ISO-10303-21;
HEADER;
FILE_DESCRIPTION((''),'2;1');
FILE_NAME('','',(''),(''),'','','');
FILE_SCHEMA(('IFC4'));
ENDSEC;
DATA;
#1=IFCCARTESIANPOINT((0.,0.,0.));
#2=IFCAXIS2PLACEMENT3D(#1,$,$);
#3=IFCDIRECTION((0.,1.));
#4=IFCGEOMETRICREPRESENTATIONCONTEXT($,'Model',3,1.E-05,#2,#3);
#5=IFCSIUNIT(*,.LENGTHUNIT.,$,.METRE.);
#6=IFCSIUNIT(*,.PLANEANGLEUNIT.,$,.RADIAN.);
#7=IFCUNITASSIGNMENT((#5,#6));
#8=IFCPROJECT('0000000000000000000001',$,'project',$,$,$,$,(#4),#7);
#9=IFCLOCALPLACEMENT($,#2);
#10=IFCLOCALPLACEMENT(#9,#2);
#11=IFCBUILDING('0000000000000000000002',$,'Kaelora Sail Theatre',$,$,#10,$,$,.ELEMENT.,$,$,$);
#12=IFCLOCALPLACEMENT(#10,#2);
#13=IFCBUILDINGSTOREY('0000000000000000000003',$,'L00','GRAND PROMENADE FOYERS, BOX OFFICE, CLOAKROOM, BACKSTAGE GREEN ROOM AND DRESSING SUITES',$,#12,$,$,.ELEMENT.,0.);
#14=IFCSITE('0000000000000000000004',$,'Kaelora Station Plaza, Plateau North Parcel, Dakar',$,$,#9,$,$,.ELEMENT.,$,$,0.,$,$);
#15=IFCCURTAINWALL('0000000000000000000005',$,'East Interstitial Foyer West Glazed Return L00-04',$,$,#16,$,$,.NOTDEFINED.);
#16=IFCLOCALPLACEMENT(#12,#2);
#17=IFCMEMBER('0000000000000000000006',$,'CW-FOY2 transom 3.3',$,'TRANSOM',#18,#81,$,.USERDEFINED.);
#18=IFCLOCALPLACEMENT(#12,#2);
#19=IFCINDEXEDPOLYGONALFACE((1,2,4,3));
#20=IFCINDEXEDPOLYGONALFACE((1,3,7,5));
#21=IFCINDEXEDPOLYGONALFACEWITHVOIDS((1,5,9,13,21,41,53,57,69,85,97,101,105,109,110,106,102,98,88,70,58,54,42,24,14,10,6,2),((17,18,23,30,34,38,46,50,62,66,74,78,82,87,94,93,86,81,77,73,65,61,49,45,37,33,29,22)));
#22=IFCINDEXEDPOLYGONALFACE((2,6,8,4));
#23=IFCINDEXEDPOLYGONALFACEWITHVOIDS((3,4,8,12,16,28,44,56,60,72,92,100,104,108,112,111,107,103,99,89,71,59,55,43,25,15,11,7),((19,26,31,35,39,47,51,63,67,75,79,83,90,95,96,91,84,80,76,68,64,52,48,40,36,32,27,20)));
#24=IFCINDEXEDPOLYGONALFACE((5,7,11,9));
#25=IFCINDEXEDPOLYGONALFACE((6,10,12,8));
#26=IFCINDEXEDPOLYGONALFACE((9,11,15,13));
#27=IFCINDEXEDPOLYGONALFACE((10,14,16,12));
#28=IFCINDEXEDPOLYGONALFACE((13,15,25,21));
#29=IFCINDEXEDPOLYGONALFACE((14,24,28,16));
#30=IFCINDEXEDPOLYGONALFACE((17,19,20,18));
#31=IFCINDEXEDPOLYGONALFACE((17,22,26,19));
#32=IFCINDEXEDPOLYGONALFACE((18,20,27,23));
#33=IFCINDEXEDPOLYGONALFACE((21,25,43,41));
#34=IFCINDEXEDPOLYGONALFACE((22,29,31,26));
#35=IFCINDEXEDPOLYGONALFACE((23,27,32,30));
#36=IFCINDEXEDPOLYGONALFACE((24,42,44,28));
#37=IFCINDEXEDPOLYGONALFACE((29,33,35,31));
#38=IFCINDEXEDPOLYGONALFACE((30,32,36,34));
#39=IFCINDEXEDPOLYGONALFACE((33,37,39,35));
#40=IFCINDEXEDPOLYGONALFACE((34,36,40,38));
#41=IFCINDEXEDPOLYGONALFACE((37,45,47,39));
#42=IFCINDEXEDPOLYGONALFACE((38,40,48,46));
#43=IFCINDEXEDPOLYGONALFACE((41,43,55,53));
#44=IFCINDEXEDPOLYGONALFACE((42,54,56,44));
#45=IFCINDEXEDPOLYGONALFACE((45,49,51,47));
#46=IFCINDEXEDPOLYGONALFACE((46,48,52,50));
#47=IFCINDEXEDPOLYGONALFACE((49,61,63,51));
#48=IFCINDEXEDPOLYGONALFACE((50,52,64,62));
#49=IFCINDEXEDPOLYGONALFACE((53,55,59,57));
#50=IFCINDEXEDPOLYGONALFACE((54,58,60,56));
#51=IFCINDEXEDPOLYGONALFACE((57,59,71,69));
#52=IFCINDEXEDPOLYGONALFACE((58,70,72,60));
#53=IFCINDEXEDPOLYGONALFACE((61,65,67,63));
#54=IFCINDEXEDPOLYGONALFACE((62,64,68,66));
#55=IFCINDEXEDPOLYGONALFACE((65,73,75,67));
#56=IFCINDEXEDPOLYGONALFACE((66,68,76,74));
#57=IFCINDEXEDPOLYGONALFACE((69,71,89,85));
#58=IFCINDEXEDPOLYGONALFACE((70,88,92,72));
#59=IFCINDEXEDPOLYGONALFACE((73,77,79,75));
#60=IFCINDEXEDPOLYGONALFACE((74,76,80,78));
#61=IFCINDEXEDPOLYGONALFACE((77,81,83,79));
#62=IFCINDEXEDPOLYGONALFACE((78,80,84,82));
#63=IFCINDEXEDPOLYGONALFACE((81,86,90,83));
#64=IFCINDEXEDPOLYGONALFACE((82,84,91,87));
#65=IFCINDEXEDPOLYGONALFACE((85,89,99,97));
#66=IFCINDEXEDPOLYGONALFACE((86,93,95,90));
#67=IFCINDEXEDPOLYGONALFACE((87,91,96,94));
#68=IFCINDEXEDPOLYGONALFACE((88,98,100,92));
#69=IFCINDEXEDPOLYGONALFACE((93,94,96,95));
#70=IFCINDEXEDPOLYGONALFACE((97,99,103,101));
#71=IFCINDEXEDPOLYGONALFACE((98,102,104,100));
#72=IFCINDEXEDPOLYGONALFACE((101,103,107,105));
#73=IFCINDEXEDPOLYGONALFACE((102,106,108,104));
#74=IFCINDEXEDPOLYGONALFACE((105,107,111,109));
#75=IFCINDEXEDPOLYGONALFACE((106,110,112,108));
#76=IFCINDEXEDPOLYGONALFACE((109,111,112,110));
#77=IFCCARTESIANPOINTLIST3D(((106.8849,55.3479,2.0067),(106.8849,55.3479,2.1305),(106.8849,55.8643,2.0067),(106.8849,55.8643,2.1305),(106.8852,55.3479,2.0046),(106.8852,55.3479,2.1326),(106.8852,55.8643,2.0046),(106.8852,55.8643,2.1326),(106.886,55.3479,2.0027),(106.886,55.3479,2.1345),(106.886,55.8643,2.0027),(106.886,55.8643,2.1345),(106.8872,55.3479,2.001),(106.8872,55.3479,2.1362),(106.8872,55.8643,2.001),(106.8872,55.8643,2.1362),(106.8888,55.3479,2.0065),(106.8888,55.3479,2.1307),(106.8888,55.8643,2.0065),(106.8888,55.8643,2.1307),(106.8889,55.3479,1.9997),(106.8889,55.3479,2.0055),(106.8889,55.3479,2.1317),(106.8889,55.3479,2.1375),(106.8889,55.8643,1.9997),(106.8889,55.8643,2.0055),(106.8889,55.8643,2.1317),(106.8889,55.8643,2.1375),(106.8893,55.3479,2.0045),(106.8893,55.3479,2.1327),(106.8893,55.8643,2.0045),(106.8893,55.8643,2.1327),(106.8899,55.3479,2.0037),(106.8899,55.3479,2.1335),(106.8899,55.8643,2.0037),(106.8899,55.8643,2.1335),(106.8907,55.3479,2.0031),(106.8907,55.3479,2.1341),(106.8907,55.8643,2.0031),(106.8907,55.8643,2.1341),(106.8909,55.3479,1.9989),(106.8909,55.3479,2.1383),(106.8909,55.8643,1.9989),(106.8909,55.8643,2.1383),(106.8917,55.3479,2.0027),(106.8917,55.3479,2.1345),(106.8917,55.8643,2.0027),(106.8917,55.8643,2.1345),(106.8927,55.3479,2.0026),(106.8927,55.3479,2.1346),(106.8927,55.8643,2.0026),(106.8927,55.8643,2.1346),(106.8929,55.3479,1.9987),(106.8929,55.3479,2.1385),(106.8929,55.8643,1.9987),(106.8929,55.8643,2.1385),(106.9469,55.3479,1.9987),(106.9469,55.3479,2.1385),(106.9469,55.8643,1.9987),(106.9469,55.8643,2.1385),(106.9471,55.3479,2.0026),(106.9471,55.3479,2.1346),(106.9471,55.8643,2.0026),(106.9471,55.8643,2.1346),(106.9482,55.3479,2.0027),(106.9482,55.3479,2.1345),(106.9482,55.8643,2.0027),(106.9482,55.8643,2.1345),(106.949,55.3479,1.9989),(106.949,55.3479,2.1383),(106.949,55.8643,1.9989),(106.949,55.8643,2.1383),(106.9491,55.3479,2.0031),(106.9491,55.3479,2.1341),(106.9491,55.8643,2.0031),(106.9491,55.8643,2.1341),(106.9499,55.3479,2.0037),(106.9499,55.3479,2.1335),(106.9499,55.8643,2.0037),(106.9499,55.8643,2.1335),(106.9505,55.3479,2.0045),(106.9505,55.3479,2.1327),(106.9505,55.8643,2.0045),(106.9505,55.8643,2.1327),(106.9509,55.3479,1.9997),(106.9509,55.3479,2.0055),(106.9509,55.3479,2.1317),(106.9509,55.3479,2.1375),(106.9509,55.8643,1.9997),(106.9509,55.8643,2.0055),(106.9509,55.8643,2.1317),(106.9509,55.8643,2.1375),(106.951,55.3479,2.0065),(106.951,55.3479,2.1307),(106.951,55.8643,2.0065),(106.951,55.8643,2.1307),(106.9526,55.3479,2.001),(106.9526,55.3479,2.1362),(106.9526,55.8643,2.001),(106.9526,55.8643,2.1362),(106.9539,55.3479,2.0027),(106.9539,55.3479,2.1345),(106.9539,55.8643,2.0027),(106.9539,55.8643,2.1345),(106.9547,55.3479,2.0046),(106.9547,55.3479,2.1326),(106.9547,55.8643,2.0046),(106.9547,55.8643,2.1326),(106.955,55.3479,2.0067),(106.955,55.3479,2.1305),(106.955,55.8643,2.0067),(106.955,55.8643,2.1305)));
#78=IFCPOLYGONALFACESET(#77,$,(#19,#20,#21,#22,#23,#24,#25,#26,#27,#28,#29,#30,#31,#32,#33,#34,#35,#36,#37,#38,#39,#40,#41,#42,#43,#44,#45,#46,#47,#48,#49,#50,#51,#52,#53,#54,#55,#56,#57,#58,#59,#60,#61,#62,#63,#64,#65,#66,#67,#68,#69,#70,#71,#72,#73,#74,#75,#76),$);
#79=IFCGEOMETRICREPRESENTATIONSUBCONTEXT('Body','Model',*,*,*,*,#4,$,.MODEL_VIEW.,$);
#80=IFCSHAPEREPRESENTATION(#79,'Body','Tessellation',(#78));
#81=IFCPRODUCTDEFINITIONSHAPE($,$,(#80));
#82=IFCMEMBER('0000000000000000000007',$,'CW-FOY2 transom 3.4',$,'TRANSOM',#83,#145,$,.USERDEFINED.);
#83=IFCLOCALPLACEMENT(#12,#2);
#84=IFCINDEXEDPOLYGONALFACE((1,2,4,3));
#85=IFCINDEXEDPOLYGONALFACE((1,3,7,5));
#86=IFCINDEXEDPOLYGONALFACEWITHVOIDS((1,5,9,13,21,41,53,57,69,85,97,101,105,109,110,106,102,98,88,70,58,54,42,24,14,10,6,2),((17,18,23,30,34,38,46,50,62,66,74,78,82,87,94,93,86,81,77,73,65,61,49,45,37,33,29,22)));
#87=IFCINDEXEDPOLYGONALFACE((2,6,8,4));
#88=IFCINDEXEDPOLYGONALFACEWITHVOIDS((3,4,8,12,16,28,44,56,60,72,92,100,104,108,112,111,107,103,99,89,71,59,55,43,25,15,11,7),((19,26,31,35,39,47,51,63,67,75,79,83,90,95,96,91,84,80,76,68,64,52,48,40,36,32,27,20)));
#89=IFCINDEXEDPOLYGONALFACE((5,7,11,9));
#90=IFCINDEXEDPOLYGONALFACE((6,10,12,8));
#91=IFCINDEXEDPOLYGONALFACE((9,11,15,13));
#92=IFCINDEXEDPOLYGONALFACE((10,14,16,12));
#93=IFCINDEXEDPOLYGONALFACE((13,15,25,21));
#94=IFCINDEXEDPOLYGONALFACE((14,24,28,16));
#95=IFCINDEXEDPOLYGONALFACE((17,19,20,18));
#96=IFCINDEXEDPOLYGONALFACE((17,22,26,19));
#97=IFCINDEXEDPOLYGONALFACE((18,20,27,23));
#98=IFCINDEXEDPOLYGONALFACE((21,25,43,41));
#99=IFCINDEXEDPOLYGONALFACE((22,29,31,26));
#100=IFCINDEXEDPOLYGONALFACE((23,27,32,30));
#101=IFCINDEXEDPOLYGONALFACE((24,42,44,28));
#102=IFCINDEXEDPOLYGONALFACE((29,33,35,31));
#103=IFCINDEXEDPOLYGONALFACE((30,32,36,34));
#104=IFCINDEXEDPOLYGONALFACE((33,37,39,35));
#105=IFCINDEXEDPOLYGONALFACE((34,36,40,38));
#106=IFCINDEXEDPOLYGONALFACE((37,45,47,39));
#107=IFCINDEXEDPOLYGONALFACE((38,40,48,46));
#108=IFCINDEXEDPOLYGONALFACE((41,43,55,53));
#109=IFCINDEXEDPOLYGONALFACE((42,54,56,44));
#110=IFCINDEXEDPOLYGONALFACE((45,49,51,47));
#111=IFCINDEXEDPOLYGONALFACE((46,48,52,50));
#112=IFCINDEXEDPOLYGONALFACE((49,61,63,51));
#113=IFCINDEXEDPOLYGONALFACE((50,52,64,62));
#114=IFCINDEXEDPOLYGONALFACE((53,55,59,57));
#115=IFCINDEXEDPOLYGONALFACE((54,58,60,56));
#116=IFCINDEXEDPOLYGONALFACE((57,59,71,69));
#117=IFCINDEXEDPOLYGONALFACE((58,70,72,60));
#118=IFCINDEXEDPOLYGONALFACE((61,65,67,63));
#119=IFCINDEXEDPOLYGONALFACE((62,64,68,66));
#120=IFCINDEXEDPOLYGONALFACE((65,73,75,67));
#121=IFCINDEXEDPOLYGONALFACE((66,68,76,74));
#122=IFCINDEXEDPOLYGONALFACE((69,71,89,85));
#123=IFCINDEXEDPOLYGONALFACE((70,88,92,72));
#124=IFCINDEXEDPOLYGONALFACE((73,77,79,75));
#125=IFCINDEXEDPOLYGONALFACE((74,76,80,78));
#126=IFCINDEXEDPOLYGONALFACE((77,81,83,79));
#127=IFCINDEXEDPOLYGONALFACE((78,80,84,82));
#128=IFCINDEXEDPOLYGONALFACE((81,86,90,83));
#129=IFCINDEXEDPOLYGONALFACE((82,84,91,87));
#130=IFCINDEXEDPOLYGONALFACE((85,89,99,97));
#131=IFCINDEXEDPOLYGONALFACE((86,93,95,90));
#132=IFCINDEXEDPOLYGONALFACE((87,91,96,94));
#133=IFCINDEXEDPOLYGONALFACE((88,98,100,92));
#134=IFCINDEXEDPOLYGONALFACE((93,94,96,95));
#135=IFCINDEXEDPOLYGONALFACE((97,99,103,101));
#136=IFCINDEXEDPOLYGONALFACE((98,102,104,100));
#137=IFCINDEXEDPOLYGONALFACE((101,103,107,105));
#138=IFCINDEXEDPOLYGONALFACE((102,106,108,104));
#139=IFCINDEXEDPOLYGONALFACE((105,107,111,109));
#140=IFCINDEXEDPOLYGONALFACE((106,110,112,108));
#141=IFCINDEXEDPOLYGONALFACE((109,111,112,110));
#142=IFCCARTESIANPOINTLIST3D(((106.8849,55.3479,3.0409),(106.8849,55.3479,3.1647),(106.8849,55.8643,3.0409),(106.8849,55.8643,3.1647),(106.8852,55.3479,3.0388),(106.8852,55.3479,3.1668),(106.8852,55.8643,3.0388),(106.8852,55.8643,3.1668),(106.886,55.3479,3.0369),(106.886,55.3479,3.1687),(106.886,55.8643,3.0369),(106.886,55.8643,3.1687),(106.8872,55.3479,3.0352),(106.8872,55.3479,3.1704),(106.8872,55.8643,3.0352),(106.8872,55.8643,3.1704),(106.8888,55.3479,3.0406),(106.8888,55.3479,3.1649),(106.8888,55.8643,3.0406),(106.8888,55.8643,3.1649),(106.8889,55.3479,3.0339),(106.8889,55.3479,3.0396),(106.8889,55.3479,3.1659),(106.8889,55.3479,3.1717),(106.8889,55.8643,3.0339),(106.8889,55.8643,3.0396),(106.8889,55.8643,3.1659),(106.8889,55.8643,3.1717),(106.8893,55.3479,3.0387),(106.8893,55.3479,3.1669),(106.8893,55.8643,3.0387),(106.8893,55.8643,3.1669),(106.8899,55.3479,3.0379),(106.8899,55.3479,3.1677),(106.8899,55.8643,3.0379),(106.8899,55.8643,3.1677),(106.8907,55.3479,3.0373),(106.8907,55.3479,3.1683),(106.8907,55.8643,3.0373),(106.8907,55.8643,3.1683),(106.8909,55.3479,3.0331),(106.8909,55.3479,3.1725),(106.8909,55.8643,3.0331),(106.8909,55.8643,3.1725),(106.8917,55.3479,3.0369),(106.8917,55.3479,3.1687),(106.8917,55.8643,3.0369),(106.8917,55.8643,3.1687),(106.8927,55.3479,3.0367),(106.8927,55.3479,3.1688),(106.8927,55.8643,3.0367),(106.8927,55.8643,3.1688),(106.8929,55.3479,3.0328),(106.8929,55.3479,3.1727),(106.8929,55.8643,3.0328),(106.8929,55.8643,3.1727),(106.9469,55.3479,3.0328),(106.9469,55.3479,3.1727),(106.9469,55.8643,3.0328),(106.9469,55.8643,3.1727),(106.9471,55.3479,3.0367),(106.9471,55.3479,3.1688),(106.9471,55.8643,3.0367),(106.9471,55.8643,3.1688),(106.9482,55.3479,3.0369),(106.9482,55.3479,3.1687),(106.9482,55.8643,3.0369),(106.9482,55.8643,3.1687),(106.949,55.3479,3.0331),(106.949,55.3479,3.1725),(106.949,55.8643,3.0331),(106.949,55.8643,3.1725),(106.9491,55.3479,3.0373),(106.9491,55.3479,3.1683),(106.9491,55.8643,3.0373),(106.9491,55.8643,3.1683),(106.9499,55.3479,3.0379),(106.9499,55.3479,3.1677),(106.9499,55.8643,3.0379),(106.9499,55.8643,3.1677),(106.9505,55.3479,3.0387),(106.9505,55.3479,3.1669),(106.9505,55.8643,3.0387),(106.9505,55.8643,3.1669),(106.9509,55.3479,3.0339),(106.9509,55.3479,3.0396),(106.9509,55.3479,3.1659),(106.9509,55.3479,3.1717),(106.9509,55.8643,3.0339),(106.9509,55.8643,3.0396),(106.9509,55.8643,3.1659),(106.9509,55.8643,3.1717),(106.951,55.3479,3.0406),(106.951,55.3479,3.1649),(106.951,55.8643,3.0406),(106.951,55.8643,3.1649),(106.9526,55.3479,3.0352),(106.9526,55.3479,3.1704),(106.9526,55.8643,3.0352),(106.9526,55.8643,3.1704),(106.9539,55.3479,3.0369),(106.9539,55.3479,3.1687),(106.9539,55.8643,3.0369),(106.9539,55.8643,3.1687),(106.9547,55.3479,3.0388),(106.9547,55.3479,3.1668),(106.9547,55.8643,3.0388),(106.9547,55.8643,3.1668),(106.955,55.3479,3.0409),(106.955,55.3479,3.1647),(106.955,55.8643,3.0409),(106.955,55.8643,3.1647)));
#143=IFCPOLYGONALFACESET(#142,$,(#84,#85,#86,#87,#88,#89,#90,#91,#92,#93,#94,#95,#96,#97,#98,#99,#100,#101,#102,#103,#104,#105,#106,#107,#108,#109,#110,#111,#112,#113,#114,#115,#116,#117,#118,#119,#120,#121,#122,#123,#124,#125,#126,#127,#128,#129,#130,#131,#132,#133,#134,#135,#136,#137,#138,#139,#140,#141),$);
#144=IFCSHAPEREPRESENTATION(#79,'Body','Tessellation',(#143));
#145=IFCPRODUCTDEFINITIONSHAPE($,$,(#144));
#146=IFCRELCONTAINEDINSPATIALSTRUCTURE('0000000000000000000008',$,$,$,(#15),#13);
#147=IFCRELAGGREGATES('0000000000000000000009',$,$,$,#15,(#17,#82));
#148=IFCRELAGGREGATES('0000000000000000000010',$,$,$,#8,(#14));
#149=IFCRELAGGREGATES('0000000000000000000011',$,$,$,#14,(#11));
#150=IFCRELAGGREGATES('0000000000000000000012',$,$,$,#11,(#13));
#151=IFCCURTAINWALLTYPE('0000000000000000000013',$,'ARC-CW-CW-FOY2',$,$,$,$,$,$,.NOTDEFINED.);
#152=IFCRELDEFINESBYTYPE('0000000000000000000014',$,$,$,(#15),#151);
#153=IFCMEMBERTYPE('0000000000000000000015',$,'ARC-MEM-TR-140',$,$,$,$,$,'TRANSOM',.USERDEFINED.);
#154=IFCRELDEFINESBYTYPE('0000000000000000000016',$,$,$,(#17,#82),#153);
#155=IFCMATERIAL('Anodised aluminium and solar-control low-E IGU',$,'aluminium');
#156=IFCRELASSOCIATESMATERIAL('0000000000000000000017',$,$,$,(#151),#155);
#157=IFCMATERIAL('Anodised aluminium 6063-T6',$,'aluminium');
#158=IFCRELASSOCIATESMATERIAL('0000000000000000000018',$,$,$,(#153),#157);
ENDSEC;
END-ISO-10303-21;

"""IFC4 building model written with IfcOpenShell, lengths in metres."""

from ifc_helpers import new_model, si_unit, direction, frame, origin, origin_2d, place, context, subcontext, project, spatial, hollow_rectangle, extrude, material, material_profile, profile_set, type_object, element, aggregate, save


model = new_model("IFC4")

# Units and contexts
model_context = context("Model", 3, precision=1e-05, world=origin(), true_north=direction((0.0, 1.0)))
body_context = subcontext(model_context, "Body", "Model", "MODEL_VIEW")
ifc_project = project(units=[si_unit("LENGTHUNIT", "METRE"), si_unit("PLANEANGLEUNIT", "RADIAN")], contexts=[model_context])

# Site, building, storey
site_placement = place(None, origin())
site = spatial("IfcSite", under=ifc_project, at=site_placement, Name="Kaelora Station Plaza, Plateau North Parcel, Dakar", CompositionType="ELEMENT", RefElevation=0.0)
building_placement = place(site_placement, origin())
building = spatial("IfcBuilding", under=site, at=building_placement, Name="Kaelora Sail Theatre", CompositionType="ELEMENT")
storey_placement = place(building_placement, origin())
storey = spatial("IfcBuildingStorey", under=building, at=storey_placement, Name="L00", Description="GRAND PROMENADE FOYERS, BOX OFFICE, CLOAKROOM, BACKSTAGE GREEN ROOM AND DRESSING SUITES", CompositionType="ELEMENT", Elevation=0.0)

# Curtain wall, members
ifc_material_1 = material(Name="Anodised aluminium and solar-control low-E IGU", Category="aluminium")
curtain_wall_type = type_object("IfcCurtainWallType", Name="ARC-CW-CW-FOY2", PredefinedType="NOTDEFINED", material=ifc_material_1)
curtain_wall_placement = place(storey_placement, origin())
curtain_wall = element("IfcCurtainWall", 1, at=curtain_wall_placement, inside=storey, type_object=curtain_wall_type, Name="East Interstitial Foyer West Glazed Return L00-04", PredefinedType="NOTDEFINED")
ifc_material_2 = material(Name="Anodised aluminium 6063-T6", Category="aluminium")
ifc_material_profile = material_profile(ifc_material_2, hollow_rectangle(XDim=0.0701, YDim=0.1399, WallThickness=0.0039, InnerFilletRadius=0.0039, OuterFilletRadius=0.0081, at=origin_2d()), Name="ALU-TRAN 70x140x4")
ifc_profile_set = profile_set([ifc_material_profile], Name="Anodised aluminium 6063-T6")
member_type = type_object("IfcMemberType", Name="ARC-MEM-TR-140", ElementType="TRANSOM", PredefinedType="USERDEFINED", material=ifc_profile_set)
member_1_placement = place(storey_placement, frame((106.9199, 55.3479, 2.0686), z_axis=(0.0, 1.0, 0.0), x_axis=(-1.0, 0.0, 0.0)))
member_1 = element("IfcMember", 2, at=member_1_placement, type_object=member_type, Name="CW-FOY2 transom 3.3", ObjectType="TRANSOM", PredefinedType="USERDEFINED", context=body_context, shape_type="SweptSolid", body=[
    extrude(hollow_rectangle(XDim=0.0701, YDim=0.1399, WallThickness=0.0039, InnerFilletRadius=0.0039, OuterFilletRadius=0.0081, at=origin_2d()), origin(), (0.0, 0.0, 1.0), 0.5164),
])
member_2_placement = place(storey_placement, frame((106.9199, 55.3479, 3.1028), z_axis=(0.0, 1.0, 0.0), x_axis=(-1.0, 0.0, 0.0)))
member_2 = element("IfcMember", 3, at=member_2_placement, type_object=member_type, Name="CW-FOY2 transom 3.4", ObjectType="TRANSOM", PredefinedType="USERDEFINED", context=body_context, shape_type="SweptSolid", body=[
    extrude(hollow_rectangle(XDim=0.0701, YDim=0.1399, WallThickness=0.0039, InnerFilletRadius=0.0039, OuterFilletRadius=0.0081, at=origin_2d()), origin(), (0.0, 0.0, 1.0), 0.5164),
])
aggregate(curtain_wall, [member_1, member_2])

save(model, "model.ifc")
